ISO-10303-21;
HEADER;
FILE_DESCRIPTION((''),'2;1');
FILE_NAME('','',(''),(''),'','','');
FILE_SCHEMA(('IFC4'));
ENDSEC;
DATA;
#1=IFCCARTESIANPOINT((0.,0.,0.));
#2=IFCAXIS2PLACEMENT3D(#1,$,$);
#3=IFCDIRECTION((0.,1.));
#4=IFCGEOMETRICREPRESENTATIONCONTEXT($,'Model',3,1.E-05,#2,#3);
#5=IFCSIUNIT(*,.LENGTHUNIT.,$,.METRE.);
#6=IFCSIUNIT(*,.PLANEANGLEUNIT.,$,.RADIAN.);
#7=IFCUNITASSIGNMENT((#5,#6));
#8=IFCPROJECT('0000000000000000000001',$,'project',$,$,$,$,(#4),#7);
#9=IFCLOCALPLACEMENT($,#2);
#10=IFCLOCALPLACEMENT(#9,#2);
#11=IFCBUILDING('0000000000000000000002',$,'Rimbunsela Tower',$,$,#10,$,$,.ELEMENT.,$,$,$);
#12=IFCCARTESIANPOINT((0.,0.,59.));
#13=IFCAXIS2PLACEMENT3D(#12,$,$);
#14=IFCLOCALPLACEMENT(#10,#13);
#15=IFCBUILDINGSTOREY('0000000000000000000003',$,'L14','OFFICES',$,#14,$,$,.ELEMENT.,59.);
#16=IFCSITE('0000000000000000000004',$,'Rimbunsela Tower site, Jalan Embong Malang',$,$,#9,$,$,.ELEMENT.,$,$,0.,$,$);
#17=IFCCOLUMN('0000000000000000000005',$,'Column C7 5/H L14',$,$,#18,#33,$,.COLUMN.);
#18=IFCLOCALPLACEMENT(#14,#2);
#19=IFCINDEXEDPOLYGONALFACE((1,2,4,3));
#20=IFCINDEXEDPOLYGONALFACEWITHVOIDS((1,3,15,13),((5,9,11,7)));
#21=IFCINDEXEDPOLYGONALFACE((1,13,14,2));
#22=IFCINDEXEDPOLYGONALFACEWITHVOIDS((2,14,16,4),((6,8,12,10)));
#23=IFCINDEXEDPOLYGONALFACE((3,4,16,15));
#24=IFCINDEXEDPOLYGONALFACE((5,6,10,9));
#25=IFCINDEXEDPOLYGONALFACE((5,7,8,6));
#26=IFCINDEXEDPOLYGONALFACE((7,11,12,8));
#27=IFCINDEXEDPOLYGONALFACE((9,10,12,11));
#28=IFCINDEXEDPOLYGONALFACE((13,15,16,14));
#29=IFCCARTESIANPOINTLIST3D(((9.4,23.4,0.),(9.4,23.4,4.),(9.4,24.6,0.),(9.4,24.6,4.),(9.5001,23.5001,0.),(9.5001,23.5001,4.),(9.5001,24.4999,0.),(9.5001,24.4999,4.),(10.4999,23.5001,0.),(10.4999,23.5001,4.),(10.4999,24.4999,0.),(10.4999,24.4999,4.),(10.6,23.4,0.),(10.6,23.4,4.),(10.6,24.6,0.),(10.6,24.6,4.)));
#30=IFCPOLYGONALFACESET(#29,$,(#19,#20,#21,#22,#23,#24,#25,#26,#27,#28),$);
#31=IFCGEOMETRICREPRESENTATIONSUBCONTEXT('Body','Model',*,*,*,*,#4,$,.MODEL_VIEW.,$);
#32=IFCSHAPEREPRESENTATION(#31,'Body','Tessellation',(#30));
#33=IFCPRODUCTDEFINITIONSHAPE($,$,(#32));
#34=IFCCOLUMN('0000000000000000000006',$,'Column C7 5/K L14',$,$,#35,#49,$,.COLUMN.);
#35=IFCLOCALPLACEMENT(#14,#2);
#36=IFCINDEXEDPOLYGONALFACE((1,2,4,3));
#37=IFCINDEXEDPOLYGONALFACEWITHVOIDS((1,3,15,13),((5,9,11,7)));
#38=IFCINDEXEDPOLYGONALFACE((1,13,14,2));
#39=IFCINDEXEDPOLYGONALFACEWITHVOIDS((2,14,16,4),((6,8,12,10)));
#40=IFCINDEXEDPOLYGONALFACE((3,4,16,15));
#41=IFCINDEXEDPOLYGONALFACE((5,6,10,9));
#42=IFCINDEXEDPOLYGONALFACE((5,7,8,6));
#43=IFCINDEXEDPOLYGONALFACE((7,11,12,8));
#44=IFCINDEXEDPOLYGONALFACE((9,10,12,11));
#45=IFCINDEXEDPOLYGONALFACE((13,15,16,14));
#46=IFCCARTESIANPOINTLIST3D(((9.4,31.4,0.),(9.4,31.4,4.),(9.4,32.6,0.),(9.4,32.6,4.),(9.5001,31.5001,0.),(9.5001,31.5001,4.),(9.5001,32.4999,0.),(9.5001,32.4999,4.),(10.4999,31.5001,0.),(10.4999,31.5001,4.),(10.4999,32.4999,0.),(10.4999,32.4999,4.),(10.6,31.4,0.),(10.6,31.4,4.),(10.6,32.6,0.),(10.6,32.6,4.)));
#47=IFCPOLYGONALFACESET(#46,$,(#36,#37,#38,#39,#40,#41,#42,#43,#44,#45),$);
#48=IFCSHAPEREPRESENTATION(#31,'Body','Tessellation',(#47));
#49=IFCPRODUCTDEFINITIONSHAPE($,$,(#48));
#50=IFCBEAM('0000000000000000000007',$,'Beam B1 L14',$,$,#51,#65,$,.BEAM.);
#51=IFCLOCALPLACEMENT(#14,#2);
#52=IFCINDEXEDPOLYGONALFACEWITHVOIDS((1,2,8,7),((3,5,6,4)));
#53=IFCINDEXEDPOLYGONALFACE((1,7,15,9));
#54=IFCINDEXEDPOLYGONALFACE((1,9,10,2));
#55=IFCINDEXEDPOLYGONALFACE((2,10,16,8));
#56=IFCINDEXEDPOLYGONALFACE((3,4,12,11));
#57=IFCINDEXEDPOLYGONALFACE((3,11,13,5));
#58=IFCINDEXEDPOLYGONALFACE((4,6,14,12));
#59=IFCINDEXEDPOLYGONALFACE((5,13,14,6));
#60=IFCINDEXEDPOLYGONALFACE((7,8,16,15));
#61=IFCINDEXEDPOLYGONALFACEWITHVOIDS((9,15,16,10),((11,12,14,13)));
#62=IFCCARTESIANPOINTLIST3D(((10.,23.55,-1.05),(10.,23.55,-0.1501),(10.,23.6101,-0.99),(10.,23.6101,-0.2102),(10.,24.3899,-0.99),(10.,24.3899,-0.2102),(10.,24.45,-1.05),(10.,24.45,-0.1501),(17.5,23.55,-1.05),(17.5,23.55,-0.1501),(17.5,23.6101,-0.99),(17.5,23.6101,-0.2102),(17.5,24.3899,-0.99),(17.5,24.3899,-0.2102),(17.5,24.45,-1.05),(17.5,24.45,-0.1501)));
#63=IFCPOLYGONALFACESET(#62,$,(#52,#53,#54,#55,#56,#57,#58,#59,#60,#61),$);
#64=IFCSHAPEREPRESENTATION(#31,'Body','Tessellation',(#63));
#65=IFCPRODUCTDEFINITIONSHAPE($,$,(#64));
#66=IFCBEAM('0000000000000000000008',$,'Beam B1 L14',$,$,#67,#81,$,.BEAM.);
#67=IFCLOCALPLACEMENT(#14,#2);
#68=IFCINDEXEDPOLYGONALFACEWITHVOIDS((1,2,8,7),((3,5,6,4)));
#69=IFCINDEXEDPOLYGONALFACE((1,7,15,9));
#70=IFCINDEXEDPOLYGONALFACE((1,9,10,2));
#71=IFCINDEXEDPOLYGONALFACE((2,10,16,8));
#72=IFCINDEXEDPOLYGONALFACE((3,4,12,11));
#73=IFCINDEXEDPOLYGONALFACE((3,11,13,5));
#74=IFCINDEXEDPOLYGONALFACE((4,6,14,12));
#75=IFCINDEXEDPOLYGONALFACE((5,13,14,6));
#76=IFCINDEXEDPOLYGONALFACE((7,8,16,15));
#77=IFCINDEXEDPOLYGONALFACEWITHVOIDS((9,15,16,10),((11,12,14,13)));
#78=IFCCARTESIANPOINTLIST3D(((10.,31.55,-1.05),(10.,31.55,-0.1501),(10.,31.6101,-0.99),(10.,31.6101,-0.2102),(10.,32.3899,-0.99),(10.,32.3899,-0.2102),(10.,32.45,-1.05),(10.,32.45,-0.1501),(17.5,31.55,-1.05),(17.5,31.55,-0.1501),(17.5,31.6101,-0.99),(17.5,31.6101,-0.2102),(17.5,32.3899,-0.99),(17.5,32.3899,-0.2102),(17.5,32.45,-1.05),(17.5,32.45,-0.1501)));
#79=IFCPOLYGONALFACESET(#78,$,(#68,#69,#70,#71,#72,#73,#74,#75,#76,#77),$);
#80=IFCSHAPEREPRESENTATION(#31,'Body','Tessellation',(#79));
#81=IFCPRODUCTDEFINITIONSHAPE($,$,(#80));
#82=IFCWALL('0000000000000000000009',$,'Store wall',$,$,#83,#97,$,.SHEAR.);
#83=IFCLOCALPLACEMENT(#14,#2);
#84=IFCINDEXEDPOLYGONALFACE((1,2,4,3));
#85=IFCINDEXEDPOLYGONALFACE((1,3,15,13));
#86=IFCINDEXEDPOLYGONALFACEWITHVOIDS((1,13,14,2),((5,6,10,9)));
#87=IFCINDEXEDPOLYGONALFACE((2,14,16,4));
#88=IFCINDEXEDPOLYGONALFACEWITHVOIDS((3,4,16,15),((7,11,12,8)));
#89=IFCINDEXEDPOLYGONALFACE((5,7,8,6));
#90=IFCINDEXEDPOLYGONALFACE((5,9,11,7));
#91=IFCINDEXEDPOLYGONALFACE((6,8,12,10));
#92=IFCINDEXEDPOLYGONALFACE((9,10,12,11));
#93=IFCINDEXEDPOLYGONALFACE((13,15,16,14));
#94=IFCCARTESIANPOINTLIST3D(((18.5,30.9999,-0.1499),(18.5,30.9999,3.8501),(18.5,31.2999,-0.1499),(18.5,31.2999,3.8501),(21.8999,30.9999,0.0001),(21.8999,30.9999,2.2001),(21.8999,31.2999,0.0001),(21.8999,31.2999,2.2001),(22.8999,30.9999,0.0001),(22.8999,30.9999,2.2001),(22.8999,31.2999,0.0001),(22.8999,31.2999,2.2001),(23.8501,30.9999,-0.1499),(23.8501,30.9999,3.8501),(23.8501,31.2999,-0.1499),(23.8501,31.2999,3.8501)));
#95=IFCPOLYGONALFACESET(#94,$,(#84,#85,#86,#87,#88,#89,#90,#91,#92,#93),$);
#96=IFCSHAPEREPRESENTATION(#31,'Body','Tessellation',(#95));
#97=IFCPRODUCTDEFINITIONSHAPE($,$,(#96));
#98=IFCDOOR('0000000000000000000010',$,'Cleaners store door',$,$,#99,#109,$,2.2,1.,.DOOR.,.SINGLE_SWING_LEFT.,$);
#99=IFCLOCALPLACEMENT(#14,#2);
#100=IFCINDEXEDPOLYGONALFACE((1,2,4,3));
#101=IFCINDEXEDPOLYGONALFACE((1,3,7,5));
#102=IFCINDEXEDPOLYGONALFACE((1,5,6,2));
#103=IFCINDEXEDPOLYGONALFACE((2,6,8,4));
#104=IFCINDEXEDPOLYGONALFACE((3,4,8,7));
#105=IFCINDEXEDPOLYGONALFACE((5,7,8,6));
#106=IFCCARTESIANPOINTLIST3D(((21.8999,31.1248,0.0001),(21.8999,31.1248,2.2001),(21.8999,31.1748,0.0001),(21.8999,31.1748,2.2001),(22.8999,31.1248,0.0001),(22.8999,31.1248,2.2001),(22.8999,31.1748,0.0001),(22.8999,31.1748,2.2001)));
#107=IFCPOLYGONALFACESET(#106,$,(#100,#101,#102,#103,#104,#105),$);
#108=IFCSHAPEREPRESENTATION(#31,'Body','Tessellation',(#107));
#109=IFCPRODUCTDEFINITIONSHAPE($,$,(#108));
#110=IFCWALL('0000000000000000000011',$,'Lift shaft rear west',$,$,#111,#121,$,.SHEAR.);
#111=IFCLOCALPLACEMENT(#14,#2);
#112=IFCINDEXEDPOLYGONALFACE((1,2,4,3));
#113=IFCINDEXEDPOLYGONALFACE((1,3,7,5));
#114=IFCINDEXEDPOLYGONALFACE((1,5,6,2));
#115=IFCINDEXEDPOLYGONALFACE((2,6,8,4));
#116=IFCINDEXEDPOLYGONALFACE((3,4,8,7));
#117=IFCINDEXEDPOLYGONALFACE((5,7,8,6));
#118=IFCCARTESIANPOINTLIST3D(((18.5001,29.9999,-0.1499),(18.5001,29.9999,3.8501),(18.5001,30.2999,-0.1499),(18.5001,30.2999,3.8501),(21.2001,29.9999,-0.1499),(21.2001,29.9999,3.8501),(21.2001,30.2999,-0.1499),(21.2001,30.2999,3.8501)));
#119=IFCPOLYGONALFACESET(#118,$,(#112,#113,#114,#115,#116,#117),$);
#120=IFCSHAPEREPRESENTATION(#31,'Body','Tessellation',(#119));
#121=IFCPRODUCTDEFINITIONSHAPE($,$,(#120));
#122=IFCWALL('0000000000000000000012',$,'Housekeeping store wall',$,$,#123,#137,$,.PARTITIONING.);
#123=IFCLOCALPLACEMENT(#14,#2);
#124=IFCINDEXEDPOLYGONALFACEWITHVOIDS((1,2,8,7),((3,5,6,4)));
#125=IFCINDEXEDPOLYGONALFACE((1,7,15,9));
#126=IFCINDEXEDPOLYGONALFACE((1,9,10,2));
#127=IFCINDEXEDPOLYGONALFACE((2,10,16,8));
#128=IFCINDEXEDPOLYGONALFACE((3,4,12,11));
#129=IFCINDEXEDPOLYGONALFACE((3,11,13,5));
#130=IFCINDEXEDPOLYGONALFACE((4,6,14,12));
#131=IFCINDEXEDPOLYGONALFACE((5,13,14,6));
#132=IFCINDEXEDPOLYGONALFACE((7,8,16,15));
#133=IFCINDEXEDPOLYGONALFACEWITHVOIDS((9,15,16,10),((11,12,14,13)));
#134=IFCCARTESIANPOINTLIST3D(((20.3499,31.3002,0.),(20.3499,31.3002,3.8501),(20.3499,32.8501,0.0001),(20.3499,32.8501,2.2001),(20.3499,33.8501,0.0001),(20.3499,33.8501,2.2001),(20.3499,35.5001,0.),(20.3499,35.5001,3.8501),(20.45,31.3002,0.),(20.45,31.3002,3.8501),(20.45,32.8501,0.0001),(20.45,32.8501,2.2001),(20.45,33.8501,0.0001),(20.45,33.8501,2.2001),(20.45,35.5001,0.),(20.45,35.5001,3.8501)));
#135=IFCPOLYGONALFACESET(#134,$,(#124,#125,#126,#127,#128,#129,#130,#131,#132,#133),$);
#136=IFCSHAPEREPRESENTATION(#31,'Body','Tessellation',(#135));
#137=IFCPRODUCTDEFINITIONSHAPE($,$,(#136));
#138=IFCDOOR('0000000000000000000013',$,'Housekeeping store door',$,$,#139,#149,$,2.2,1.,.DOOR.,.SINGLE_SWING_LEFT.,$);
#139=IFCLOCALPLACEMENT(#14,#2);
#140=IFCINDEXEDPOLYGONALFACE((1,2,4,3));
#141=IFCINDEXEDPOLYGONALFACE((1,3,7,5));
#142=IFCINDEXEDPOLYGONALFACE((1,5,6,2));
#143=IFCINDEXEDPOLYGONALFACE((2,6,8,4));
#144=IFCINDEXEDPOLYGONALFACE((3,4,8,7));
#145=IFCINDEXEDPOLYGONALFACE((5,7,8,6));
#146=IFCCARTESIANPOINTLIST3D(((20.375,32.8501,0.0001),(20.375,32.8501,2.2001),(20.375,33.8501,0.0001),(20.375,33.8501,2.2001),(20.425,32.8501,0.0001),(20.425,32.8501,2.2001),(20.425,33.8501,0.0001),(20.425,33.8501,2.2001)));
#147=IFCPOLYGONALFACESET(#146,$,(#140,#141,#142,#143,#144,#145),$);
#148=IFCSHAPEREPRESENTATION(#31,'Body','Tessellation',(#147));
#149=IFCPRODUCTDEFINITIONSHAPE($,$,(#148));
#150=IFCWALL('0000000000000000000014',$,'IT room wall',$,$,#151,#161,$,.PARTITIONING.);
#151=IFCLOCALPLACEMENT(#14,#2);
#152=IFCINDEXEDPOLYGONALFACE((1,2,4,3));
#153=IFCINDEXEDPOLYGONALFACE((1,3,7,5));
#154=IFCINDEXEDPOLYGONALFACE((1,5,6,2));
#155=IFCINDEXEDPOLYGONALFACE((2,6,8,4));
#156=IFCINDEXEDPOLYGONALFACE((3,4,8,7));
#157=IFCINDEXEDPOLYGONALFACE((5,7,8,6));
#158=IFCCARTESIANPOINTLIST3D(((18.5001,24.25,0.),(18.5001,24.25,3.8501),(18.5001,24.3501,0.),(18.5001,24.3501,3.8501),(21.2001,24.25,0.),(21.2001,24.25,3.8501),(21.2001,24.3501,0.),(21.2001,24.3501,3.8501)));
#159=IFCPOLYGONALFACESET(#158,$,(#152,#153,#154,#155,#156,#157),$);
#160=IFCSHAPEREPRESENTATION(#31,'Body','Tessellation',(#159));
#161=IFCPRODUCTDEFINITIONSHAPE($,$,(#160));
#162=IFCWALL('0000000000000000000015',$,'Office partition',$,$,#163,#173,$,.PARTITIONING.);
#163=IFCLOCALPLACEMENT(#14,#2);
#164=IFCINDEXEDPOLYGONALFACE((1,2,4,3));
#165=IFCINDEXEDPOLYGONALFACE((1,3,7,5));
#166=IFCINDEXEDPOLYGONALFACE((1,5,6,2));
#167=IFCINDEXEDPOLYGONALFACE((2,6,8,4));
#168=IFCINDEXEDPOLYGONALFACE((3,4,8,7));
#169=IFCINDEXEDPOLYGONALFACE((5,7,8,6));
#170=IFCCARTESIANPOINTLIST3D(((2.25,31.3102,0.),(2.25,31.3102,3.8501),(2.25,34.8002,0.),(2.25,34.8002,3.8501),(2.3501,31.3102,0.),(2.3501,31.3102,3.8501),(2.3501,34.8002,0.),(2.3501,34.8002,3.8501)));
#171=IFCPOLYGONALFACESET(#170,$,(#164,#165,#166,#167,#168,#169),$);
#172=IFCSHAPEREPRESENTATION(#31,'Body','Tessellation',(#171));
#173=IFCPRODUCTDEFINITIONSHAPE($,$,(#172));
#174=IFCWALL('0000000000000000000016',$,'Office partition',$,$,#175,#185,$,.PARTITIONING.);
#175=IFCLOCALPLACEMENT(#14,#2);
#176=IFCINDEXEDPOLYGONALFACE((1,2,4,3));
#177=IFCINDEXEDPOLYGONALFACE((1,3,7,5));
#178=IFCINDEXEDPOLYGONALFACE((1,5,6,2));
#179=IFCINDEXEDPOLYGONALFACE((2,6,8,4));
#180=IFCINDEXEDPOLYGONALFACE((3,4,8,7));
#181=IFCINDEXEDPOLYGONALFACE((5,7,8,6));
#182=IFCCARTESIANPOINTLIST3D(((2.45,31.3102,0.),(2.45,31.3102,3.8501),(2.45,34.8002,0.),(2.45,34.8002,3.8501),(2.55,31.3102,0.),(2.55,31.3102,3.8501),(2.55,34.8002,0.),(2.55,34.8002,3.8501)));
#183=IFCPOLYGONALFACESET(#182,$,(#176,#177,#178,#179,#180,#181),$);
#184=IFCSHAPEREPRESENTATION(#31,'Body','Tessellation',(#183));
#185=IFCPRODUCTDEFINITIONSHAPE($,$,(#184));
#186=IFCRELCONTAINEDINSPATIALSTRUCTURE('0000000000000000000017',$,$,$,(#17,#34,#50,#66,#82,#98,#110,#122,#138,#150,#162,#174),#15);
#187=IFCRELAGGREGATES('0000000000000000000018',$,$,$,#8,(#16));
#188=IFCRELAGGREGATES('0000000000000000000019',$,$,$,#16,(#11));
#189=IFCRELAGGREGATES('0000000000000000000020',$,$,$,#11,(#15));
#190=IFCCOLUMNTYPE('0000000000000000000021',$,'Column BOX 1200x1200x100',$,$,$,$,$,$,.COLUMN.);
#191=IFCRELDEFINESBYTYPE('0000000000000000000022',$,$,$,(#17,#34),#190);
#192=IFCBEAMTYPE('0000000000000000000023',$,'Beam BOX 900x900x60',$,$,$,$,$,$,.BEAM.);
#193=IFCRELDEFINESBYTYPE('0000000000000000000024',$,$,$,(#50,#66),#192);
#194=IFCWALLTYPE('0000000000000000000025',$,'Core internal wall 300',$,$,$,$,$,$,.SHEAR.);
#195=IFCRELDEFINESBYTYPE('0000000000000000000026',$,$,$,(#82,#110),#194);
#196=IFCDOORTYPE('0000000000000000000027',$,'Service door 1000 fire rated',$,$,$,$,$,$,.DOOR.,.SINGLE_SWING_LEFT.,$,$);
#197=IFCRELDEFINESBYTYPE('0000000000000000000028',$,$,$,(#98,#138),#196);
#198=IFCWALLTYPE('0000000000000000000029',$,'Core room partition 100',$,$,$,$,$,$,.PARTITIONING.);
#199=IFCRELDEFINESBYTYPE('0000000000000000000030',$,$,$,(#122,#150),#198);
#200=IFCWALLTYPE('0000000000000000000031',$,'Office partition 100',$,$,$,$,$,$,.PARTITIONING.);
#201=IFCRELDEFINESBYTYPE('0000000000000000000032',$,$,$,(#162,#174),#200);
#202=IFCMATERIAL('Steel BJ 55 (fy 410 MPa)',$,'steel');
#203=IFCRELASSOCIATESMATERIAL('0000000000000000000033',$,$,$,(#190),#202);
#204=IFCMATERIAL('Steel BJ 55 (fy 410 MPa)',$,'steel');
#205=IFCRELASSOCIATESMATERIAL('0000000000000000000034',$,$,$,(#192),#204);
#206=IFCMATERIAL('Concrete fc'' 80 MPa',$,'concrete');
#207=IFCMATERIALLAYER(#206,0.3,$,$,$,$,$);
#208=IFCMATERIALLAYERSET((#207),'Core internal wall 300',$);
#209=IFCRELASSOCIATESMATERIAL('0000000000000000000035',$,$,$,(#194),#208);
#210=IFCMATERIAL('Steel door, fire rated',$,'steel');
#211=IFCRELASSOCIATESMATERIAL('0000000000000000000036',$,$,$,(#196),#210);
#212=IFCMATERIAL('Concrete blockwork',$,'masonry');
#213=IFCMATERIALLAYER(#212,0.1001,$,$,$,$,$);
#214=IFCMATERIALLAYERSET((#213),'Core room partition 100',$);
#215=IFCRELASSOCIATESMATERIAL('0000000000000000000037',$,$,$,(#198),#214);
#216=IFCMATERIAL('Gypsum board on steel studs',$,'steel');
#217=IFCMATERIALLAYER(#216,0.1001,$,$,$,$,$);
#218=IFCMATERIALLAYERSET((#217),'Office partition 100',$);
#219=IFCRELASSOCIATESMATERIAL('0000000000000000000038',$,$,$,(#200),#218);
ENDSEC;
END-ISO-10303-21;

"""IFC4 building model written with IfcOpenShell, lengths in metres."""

from ifc_helpers import new_model, si_unit, direction, frame, frame_2d, origin, origin_2d, place, context, subcontext, project, spatial, rectangle, hollow_rectangle, extrude, material, layer, layer_set, material_profile, profile_set, type_object, element, fill, save


model = new_model("IFC4")

# Units and contexts
model_context = context("Model", 3, precision=1e-05, world=origin(), true_north=direction((0.0, 1.0)))
body_context = subcontext(model_context, "Body", "Model", "MODEL_VIEW")
ifc_project = project(units=[si_unit("LENGTHUNIT", "METRE"), si_unit("PLANEANGLEUNIT", "RADIAN")], contexts=[model_context])

# Site, building, storey
site_placement = place(None, origin())
site = spatial("IfcSite", under=ifc_project, at=site_placement, Name="Rimbunsela Tower site, Jalan Embong Malang", CompositionType="ELEMENT", RefElevation=0.0)
building_placement = place(site_placement, origin())
building = spatial("IfcBuilding", under=site, at=building_placement, Name="Rimbunsela Tower", CompositionType="ELEMENT")
storey_placement = place(building_placement, frame((0.0, 0.0, 59.0)))
storey = spatial("IfcBuildingStorey", under=building, at=storey_placement, Name="L14", Description="OFFICES", CompositionType="ELEMENT", Elevation=59.0)

# Columns
ifc_material_1 = material(Name="Steel BJ 55 (fy 410 MPa)", Category="steel")
ifc_material_profile_1 = material_profile(ifc_material_1, hollow_rectangle(XDim=1.2, YDim=1.2, WallThickness=0.1001, at=origin_2d()), Name="BOX 1200x1200x100")
ifc_profile_set_1 = profile_set([ifc_material_profile_1], Name="Steel BJ 55 (fy 410 MPa)")
column_type = type_object("IfcColumnType", Name="Column BOX 1200x1200x100", PredefinedType="COLUMN", material=ifc_profile_set_1)
for number, where, z_axis, x_axis, name in (
    (1, (10.0, 24.0, 0.0), (0.0, 0.0, 1.0), (1.0, 0.0, 0.0), "Column C7 5/H L14"),
    (2, (10.0, 32.0, 0.0), (0.0, 0.0, 1.0), (1.0, 0.0, 0.0), "Column C7 5/K L14"),
):
    element("IfcColumn", number, at=place(storey_placement, frame(where, z_axis=z_axis, x_axis=x_axis)), inside=storey, type_object=column_type, Name=name, PredefinedType="COLUMN", context=body_context, shape_type="SweptSolid", body=[
        extrude(hollow_rectangle(XDim=1.2, YDim=1.2, WallThickness=0.1001, at=origin_2d()), origin(), (0.0, 0.0, 1.0), 4.0),
    ])

# Beams
ifc_material_2 = material(Name="Steel BJ 55 (fy 410 MPa)", Category="steel")
ifc_material_profile_2 = material_profile(ifc_material_2, hollow_rectangle(XDim=0.8999, YDim=0.8999, WallThickness=0.0601, at=origin_2d()), Name="BOX 900x900x60")
ifc_profile_set_2 = profile_set([ifc_material_profile_2], Name="Steel BJ 55 (fy 410 MPa)")
beam_type = type_object("IfcBeamType", Name="Beam BOX 900x900x60", PredefinedType="BEAM", material=ifc_profile_set_2)
for number, where, z_axis, x_axis, name in (
    (3, (10.0, 24.0, -0.6001), (1.0, 0.0, 0.0), (0.0, 1.0, 0.0), "Beam B1 L14"),
    (4, (10.0, 32.0, -0.6001), (1.0, 0.0, 0.0), (0.0, 1.0, 0.0), "Beam B1 L14"),
):
    element("IfcBeam", number, at=place(storey_placement, frame(where, z_axis=z_axis, x_axis=x_axis)), inside=storey, type_object=beam_type, Name=name, PredefinedType="BEAM", context=body_context, shape_type="SweptSolid", body=[
        extrude(hollow_rectangle(XDim=0.8999, YDim=0.8999, WallThickness=0.0601, at=origin_2d()), origin(), (0.0, 0.0, 1.0), 7.5),
    ])

# Wall, opening, door
ifc_material_3 = material(Name="Concrete fc' 80 MPa", Category="concrete")
ifc_layer_1 = layer(ifc_material_3, 0.3)
ifc_layer_set_1 = layer_set([ifc_layer_1], Name="Core internal wall 300")
wall_type_1 = type_object("IfcWallType", Name="Core internal wall 300", PredefinedType="SHEAR", material=ifc_layer_set_1)
wall_1_placement = place(storey_placement, frame((18.5, 31.1499, -0.1499), z_axis=(0.0, 0.0, 1.0), x_axis=(1.0, 0.0, 0.0)))
wall_1 = element("IfcWall", 5, at=wall_1_placement, inside=storey, type_object=wall_type_1, Name="Store wall", PredefinedType="SHEAR", context=body_context, shape_type="SweptSolid", body=[
    extrude(rectangle(XDim=5.3501, YDim=0.3, at=frame_2d((2.675, 0.0))), origin(), (0.0, 0.0, 1.0), 4.0),
])
opening_1_placement = place(wall_1_placement, frame((3.3999, 0.0, 0.1499)))
opening_1 = element("IfcOpeningElement", 6, at=opening_1_placement, cuts=wall_1, PredefinedType="OPENING", context=body_context, shape_type="SweptSolid", body=[
    extrude(rectangle(XDim=1.0, YDim=2.2, at=frame_2d((0.5, 1.1001))), frame((0.0, 0.1599, 0.0), z_axis=(0.0, -1.0, 0.0), x_axis=(1.0, 0.0, 0.0)), (0.0, 0.0, 1.0), 0.3201),
])
ifc_material_4 = material(Name="Steel door, fire rated", Category="steel")
door_type_1 = type_object("IfcDoorType", Name="Service door 1000 fire rated", OperationType="SINGLE_SWING_LEFT", PredefinedType="DOOR", material=ifc_material_4)
door_1_placement = place(opening_1_placement, origin())
door_1 = element("IfcDoor", 7, at=door_1_placement, inside=storey, type_object=door_type_1, Name="Cleaners store door", OperationType="SINGLE_SWING_LEFT", OverallHeight=2.2, OverallWidth=1.0, PredefinedType="DOOR", context=body_context, shape_type="SweptSolid", body=[
    extrude(rectangle(XDim=1.0, YDim=2.2, at=frame_2d((0.5, 1.1001))), frame((0.0, 0.0249, 0.0), z_axis=(0.0, -1.0, 0.0), x_axis=(1.0, 0.0, 0.0)), (0.0, 0.0, 1.0), 0.05),
])
fill(opening_1, door_1)

# Wall
wall_2_placement = place(storey_placement, frame((18.5, 30.1499, -0.1499), z_axis=(0.0, 0.0, 1.0), x_axis=(1.0, 0.0, 0.0)))
element("IfcWall", 8, at=wall_2_placement, inside=storey, type_object=wall_type_1, Name="Lift shaft rear west", PredefinedType="SHEAR", context=body_context, shape_type="SweptSolid", body=[
    extrude(rectangle(XDim=2.7, YDim=0.3, at=frame_2d((1.3501, 0.0))), origin(), (0.0, 0.0, 1.0), 4.0),
])

# Wall, opening, door
ifc_material_5 = material(Name="Concrete blockwork", Category="masonry")
ifc_layer_2 = layer(ifc_material_5, 0.1001)
ifc_layer_set_2 = layer_set([ifc_layer_2], Name="Core room partition 100")
wall_type_2 = type_object("IfcWallType", Name="Core room partition 100", PredefinedType="PARTITIONING", material=ifc_layer_set_2)
wall_3_placement = place(storey_placement, frame((20.3999, 31.3, 0.0), z_axis=(0.0, 0.0, 1.0), x_axis=(0.0, 1.0, 0.0)))
wall_3 = element("IfcWall", 9, at=wall_3_placement, inside=storey, type_object=wall_type_2, Name="Housekeeping store wall", PredefinedType="PARTITIONING", context=body_context, shape_type="SweptSolid", body=[
    extrude(rectangle(XDim=4.2, YDim=0.1001, at=frame_2d((2.1001, 0.0))), origin(), (0.0, 0.0, 1.0), 3.8501),
])
opening_2_placement = place(wall_3_placement, frame((1.55, 0.0, 0.0)))
opening_2 = element("IfcOpeningElement", 10, at=opening_2_placement, cuts=wall_3, PredefinedType="OPENING", context=body_context, shape_type="SweptSolid", body=[
    extrude(rectangle(XDim=1.0, YDim=2.2, at=frame_2d((0.5, 1.1001))), frame((0.0, 0.0601, 0.0), z_axis=(0.0, -1.0, 0.0), x_axis=(1.0, 0.0, 0.0)), (0.0, 0.0, 1.0), 0.1201),
])
door_2_placement = place(opening_2_placement, origin())
door_2 = element("IfcDoor", 11, at=door_2_placement, inside=storey, type_object=door_type_1, Name="Housekeeping store door", OperationType="SINGLE_SWING_LEFT", OverallHeight=2.2, OverallWidth=1.0, PredefinedType="DOOR", context=body_context, shape_type="SweptSolid", body=[
    extrude(rectangle(XDim=1.0, YDim=2.2, at=frame_2d((0.5, 1.1001))), frame((0.0, 0.0249, 0.0), z_axis=(0.0, -1.0, 0.0), x_axis=(1.0, 0.0, 0.0)), (0.0, 0.0, 1.0), 0.05),
])
fill(opening_2, door_2)

# Walls
wall_4_placement = place(storey_placement, frame((18.5, 24.3, 0.0), z_axis=(0.0, 0.0, 1.0), x_axis=(1.0, 0.0, 0.0)))
element("IfcWall", 12, at=wall_4_placement, inside=storey, type_object=wall_type_2, Name="IT room wall", PredefinedType="PARTITIONING", context=body_context, shape_type="SweptSolid", body=[
    extrude(rectangle(XDim=2.7, YDim=0.1001, at=frame_2d((1.3501, 0.0))), origin(), (0.0, 0.0, 1.0), 3.8501),
])
ifc_material_6 = material(Name="Gypsum board on steel studs", Category="steel")
ifc_layer_3 = layer(ifc_material_6, 0.1001)
ifc_layer_set_3 = layer_set([ifc_layer_3], Name="Office partition 100")
wall_type_3 = type_object("IfcWallType", Name="Office partition 100", PredefinedType="PARTITIONING", material=ifc_layer_set_3)
for number, where, z_axis, x_axis, name in (
    (13, (2.3, 31.3101, 0.0), (0.0, 0.0, 1.0), (0.0, 1.0, 0.0), "Office partition"),
    (14, (2.5, 31.3101, 0.0), (0.0, 0.0, 1.0), (0.0, 1.0, 0.0), "Office partition"),
):
    element("IfcWall", number, at=place(storey_placement, frame(where, z_axis=z_axis, x_axis=x_axis)), inside=storey, type_object=wall_type_3, Name=name, PredefinedType="PARTITIONING", context=body_context, shape_type="SweptSolid", body=[
        extrude(rectangle(XDim=3.49, YDim=0.1001, at=frame_2d((1.7451, 0.0))), origin(), (0.0, 0.0, 1.0), 3.8501),
    ])

save(model, "model.ifc")
